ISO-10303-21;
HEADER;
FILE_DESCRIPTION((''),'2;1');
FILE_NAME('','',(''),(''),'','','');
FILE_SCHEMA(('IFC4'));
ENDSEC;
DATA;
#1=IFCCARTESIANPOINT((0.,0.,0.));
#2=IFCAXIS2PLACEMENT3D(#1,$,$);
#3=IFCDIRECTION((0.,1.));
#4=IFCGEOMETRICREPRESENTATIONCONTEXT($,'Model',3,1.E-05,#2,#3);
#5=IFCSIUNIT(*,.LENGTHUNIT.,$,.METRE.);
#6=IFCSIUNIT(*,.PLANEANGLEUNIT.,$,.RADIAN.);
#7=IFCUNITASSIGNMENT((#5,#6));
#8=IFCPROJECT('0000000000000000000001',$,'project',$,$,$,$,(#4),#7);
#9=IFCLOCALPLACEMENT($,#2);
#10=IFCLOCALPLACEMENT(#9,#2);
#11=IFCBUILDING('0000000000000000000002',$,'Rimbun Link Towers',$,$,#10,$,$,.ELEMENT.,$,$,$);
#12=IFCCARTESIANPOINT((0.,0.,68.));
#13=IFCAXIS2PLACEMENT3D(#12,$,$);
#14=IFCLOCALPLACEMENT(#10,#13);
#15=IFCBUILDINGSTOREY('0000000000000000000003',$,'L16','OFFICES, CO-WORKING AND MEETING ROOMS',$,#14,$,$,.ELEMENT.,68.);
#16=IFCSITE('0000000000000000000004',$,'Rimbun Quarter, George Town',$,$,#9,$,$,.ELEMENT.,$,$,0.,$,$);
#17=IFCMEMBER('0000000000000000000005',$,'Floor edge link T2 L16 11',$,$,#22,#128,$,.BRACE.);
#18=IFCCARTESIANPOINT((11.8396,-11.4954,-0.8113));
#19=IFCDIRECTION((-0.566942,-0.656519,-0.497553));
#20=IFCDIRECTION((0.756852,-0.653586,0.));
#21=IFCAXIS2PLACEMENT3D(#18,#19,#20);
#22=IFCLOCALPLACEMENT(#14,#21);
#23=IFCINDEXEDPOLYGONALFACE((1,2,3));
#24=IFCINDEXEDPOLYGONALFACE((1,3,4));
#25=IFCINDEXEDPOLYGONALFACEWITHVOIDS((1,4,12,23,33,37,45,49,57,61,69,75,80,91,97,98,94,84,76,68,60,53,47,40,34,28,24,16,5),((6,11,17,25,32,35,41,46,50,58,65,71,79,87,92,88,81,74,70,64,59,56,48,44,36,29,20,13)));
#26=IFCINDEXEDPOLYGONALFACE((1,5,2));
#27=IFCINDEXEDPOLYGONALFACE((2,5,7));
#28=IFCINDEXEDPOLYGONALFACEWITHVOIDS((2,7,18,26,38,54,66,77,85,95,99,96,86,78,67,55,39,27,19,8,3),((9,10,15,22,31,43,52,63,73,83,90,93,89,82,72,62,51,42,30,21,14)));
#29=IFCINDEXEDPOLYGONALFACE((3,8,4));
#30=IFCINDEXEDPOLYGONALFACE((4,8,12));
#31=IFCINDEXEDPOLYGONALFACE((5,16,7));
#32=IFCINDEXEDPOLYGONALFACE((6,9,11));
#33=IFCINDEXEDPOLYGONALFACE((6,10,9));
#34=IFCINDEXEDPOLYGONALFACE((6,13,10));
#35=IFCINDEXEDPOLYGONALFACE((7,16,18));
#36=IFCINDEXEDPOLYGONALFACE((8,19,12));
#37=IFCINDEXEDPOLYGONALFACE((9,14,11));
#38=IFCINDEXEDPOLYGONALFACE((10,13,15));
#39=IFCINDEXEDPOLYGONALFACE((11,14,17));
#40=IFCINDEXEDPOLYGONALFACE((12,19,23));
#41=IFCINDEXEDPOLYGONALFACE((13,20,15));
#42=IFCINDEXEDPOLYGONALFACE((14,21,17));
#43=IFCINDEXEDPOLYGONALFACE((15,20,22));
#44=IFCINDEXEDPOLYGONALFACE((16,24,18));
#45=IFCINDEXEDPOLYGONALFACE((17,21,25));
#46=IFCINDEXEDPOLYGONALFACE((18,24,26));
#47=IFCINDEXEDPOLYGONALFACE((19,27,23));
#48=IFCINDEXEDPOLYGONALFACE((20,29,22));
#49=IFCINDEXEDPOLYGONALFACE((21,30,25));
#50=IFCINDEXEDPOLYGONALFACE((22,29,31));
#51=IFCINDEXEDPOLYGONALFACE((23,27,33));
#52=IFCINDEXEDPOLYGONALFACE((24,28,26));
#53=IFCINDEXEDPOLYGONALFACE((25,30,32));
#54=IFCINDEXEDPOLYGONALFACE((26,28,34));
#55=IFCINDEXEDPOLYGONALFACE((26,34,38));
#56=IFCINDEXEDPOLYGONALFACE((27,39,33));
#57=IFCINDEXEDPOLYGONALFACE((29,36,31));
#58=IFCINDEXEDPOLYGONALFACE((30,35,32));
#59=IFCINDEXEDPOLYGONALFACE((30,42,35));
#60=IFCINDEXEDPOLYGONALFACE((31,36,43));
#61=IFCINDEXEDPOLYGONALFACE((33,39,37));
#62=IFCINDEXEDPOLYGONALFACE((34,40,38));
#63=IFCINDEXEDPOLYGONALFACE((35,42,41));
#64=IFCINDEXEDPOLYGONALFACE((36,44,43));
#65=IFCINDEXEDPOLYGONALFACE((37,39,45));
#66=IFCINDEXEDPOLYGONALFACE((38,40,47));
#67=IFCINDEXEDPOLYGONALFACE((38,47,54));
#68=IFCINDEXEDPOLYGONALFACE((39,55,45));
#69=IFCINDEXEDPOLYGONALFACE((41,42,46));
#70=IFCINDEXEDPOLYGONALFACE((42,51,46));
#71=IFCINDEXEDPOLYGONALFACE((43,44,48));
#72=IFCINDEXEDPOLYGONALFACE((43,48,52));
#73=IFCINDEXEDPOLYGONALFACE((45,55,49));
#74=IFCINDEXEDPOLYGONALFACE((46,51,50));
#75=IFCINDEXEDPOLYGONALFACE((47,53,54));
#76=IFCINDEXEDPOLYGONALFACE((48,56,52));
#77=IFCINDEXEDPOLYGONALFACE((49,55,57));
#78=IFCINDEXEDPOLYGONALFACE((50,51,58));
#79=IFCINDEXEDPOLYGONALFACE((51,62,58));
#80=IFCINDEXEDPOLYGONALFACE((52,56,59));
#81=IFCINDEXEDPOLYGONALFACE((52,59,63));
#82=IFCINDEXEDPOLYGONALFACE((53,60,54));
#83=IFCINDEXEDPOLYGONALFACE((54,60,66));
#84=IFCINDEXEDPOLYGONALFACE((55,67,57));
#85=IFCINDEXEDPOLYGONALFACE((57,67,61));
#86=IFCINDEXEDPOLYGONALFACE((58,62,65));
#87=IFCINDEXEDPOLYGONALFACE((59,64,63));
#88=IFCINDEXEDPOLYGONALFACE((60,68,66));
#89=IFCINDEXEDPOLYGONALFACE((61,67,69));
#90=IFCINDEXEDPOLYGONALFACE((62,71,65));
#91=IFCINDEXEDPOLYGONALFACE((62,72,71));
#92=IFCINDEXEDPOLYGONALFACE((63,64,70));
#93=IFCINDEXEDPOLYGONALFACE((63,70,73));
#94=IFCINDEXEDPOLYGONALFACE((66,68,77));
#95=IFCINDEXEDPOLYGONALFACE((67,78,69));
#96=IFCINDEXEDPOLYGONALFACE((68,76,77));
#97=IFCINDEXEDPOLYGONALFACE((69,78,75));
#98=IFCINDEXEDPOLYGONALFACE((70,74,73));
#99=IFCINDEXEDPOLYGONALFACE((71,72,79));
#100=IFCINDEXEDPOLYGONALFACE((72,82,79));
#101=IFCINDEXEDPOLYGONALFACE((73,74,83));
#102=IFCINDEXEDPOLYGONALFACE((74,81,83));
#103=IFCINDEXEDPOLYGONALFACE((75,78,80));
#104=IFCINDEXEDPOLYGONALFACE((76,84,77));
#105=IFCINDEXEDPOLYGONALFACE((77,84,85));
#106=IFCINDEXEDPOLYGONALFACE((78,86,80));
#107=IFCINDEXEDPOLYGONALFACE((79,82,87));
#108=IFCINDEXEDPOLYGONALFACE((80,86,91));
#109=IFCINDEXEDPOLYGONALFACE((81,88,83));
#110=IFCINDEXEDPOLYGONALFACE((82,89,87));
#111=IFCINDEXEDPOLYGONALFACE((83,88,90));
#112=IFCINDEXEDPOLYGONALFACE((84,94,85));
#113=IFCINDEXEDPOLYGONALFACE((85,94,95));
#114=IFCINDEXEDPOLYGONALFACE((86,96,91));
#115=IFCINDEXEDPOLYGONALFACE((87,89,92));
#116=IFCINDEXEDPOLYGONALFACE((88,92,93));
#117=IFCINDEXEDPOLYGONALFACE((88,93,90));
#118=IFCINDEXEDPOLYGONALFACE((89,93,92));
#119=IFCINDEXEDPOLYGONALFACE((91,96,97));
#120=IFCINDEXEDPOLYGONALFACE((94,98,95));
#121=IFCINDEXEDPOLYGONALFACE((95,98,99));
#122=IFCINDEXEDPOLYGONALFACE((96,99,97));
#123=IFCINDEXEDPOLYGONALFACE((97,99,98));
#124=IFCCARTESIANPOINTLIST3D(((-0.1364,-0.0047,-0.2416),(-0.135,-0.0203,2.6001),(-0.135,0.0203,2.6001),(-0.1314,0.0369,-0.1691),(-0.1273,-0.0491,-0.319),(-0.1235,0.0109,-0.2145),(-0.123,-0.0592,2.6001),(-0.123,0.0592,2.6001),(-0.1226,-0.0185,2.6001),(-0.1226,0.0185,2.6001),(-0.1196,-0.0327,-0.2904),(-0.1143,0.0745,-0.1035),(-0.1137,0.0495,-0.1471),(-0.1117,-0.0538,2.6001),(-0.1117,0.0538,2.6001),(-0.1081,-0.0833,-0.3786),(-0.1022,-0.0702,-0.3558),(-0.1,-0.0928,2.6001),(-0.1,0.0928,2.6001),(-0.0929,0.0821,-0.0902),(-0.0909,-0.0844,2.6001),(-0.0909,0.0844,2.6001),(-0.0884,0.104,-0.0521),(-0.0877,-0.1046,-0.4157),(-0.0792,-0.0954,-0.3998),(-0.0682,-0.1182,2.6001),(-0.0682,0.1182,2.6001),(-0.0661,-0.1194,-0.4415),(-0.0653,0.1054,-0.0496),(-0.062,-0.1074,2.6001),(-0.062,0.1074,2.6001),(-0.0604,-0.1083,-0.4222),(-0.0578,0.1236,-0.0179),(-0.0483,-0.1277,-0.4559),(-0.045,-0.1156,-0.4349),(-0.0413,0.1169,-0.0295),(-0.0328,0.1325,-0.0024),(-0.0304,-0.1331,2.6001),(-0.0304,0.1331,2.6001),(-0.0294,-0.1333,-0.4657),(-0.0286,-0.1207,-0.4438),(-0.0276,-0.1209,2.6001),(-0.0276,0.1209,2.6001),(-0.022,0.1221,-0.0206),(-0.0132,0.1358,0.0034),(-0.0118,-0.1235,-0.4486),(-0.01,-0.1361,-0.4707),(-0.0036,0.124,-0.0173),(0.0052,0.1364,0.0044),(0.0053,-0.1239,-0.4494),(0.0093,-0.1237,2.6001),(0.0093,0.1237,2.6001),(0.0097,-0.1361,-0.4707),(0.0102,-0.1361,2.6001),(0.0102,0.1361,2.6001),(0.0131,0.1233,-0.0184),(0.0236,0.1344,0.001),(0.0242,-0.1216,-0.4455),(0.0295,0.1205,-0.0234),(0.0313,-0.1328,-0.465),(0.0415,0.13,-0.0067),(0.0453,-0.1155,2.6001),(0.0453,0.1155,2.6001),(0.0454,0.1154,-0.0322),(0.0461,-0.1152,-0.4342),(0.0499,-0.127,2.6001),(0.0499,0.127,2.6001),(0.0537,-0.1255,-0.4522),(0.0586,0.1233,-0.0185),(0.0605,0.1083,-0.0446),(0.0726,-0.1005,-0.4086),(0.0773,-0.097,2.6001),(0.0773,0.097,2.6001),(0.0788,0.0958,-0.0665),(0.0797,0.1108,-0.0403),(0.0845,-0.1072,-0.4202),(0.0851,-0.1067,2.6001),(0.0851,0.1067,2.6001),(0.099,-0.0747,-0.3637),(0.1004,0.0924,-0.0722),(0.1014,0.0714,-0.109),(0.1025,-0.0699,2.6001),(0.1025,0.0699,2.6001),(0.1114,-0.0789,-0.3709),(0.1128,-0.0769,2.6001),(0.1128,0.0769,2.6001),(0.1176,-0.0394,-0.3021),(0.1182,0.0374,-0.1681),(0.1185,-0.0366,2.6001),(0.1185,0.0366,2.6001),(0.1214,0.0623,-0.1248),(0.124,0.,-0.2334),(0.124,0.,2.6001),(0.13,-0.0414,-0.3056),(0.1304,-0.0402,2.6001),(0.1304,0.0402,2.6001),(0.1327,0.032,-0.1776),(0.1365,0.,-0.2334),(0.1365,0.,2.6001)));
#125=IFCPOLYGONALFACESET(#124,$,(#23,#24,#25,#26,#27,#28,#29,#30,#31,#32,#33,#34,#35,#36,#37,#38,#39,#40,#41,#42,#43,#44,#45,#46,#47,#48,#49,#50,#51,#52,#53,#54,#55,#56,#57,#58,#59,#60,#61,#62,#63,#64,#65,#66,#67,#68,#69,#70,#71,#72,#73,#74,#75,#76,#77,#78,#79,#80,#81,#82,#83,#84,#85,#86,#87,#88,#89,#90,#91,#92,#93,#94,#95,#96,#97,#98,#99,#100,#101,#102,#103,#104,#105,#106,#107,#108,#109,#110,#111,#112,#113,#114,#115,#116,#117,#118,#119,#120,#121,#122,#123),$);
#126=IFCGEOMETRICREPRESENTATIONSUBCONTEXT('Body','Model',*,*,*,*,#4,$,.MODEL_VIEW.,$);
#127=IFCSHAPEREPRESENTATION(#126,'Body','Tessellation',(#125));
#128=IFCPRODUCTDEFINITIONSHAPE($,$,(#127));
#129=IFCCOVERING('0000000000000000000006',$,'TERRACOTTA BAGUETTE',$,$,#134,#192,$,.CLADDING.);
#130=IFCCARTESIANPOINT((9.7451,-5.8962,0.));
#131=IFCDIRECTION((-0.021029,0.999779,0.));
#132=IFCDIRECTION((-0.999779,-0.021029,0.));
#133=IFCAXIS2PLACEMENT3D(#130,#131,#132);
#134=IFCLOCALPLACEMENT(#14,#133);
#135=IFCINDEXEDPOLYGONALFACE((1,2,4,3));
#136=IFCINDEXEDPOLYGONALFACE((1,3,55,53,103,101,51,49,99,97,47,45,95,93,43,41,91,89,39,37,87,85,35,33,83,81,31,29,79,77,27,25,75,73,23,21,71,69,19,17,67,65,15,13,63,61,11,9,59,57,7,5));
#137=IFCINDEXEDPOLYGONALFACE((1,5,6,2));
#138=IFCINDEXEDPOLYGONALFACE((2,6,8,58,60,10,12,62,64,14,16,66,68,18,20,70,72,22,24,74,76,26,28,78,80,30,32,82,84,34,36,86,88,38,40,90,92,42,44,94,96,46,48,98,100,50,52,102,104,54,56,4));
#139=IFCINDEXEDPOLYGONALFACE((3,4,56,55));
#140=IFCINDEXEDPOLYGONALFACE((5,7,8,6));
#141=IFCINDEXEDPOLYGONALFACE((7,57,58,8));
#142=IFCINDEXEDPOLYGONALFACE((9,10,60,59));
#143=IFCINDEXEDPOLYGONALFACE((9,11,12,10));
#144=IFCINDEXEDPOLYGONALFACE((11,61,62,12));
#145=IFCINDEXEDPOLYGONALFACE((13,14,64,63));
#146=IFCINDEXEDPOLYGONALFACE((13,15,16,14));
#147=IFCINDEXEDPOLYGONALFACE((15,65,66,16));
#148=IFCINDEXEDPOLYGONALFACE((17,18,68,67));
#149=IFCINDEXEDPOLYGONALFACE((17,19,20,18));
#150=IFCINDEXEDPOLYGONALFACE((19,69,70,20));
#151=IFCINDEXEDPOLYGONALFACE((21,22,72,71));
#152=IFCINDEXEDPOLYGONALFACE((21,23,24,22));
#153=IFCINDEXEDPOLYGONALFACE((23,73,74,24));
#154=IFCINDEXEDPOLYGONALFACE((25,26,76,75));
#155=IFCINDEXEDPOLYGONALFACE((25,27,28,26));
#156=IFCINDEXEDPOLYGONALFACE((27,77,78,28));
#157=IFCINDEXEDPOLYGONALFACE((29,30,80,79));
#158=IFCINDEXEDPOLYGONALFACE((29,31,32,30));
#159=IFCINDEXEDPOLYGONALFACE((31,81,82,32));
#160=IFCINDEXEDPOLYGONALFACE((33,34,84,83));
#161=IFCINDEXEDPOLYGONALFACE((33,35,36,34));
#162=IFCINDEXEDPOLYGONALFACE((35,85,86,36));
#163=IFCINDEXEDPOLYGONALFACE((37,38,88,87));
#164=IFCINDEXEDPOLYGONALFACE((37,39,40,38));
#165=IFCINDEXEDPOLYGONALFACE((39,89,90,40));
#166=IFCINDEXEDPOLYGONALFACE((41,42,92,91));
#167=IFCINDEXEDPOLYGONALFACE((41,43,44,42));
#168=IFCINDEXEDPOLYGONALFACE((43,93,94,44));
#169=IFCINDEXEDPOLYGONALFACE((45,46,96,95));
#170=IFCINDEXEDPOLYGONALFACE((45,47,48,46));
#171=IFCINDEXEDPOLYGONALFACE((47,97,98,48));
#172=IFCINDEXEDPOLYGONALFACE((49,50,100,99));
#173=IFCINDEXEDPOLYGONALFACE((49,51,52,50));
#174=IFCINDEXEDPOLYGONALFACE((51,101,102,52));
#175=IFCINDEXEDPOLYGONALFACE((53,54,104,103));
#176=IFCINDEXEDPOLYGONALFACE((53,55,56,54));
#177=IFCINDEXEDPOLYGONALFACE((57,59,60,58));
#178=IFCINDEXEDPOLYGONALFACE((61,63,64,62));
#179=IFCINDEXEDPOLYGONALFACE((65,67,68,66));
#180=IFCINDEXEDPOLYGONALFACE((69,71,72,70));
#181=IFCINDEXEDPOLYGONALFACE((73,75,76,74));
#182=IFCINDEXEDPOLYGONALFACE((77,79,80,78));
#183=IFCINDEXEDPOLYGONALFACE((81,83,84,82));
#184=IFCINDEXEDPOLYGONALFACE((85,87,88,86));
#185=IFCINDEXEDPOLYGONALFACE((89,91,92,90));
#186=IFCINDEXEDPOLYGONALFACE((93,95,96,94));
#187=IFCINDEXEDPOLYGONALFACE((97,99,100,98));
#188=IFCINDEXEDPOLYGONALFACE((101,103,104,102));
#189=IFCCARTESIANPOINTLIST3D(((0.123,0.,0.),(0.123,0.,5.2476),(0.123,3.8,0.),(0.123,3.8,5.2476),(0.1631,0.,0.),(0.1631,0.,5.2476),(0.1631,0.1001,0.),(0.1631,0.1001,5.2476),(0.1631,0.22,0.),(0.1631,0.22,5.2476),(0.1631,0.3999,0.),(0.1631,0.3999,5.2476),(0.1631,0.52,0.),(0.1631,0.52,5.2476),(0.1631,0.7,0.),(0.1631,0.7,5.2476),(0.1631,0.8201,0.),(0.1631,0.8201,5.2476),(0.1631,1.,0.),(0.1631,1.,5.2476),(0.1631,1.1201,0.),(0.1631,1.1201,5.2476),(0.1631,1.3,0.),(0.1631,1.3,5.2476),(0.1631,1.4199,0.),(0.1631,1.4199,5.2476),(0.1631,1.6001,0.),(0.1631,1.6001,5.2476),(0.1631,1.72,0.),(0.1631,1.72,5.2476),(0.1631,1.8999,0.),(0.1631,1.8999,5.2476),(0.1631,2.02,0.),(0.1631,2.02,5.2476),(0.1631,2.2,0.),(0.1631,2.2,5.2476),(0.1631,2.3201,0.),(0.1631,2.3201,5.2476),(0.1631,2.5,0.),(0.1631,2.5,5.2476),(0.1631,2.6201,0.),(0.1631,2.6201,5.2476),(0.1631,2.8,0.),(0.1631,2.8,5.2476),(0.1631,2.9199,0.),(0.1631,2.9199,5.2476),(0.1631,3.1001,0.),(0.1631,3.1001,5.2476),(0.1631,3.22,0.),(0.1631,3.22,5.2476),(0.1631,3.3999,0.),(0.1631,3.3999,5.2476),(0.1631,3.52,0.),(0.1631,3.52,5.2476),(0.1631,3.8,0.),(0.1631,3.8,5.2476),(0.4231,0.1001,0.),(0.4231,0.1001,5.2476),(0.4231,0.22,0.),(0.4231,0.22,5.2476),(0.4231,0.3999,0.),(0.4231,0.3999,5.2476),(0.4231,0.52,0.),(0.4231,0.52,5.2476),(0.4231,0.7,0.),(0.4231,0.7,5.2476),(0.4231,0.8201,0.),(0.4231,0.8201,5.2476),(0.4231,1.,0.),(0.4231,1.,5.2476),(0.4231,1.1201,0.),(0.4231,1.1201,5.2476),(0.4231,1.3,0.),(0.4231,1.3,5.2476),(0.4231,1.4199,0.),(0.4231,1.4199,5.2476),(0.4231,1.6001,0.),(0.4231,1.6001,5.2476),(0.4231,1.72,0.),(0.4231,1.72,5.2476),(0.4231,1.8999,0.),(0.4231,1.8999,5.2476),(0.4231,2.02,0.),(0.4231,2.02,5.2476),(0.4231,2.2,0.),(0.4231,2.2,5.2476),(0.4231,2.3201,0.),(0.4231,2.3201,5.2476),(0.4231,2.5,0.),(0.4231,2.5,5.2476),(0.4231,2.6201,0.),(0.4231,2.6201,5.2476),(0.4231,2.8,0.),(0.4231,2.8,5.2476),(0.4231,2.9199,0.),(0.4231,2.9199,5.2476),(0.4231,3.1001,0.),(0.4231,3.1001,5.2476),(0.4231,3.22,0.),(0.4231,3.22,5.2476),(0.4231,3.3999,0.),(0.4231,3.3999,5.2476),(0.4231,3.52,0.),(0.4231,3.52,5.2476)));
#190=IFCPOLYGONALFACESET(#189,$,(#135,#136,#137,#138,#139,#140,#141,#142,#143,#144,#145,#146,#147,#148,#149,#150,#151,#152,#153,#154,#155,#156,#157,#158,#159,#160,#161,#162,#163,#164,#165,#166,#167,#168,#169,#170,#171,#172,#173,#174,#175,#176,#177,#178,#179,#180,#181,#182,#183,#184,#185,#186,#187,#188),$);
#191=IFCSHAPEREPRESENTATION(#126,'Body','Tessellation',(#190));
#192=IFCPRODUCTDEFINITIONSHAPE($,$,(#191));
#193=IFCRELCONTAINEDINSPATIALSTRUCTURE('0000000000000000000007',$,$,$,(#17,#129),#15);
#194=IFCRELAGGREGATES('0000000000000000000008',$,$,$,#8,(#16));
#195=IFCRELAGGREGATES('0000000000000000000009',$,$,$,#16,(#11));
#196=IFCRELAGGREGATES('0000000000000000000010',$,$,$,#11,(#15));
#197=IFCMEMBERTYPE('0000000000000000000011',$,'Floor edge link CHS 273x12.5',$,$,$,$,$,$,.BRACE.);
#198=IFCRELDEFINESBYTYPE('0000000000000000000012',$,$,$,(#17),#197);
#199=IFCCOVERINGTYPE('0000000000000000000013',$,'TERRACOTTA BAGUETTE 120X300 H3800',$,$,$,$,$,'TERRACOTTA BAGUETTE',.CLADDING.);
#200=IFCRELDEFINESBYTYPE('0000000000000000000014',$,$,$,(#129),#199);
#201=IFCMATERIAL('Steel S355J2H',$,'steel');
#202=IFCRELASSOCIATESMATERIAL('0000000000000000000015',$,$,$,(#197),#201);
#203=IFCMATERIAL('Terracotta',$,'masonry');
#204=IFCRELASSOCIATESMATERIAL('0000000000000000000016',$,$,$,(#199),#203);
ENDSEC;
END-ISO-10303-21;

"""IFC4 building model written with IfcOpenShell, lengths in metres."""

from ifc_helpers import new_model, si_unit, direction, frame, origin, origin_2d, place, context, subcontext, project, spatial, polyline, hollow_circle, outline, extrude, clip, halfspace, material, material_profile, profile_set, type_object, element, save


model = new_model("IFC4")

# Units and contexts
model_context = context("Model", 3, precision=1e-05, world=origin(), true_north=direction((0.0, 1.0)))
body_context = subcontext(model_context, "Body", "Model", "MODEL_VIEW")
ifc_project = project(units=[si_unit("LENGTHUNIT", "METRE"), si_unit("PLANEANGLEUNIT", "RADIAN")], contexts=[model_context])

# Site, building, storey
site_placement = place(None, origin())
site = spatial("IfcSite", under=ifc_project, at=site_placement, Name="Rimbun Quarter, George Town", CompositionType="ELEMENT", RefElevation=0.0)
building_placement = place(site_placement, origin())
building = spatial("IfcBuilding", under=site, at=building_placement, Name="Rimbun Link Towers", CompositionType="ELEMENT")
storey_placement = place(building_placement, frame((0.0, 0.0, 68.0)))
storey = spatial("IfcBuildingStorey", under=building, at=storey_placement, Name="L16", Description="OFFICES, CO-WORKING AND MEETING ROOMS", CompositionType="ELEMENT", Elevation=68.0)

# Member
ifc_material_1 = material(Name="Steel S355J2H", Category="steel")
ifc_material_profile_1 = material_profile(ifc_material_1, hollow_circle(Radius=0.1365, WallThickness=0.0125, at=origin_2d()), Name="CHS 273x12.5")
ifc_profile_set_1 = profile_set([ifc_material_profile_1], Name="Steel S355J2H")
member_type_1 = type_object("IfcMemberType", Name="Floor edge link CHS 273x12.5", PredefinedType="BRACE", material=ifc_profile_set_1)
member_1_placement = place(storey_placement, frame((11.8396, -11.4954, -0.8113), z_axis=(-0.566942, -0.656519, -0.497553), x_axis=(0.756852, -0.653586, 0.0)))
element("IfcMember", 1, at=member_1_placement, inside=storey, type_object=member_type_1, Name="Floor edge link T2 L16 11", PredefinedType="BRACE", context=body_context, shape_type="Clipping", body=[
    clip(extrude(hollow_circle(Radius=0.1365, WallThickness=0.0125, at=origin_2d()), frame((0.0, 0.0, -0.4958)), (0.0, 0.0, 1.0), 3.0959), halfspace(frame((0.0, 0.0, -0.2334), z_axis=(0.0, 0.867433, -0.497553)), False)),
])

# Covering
ifc_material_2 = material(Name="Terracotta", Category="masonry")
ifc_material_profile_2 = material_profile(ifc_material_2, outline(polyline([(0.123, 0.0), (0.1631, 0.0), (0.1631, 0.1001), (0.4231, 0.1001), (0.4231, 0.22), (0.1631, 0.22), (0.1631, 0.3999), (0.4231, 0.3999), (0.4231, 0.52), (0.1631, 0.52), (0.1631, 0.7), (0.4231, 0.7), (0.4231, 0.8201), (0.1631, 0.8201), (0.1631, 1.0), (0.4231, 1.0), (0.4231, 1.1201), (0.1631, 1.1201), (0.1631, 1.3), (0.4231, 1.3), (0.4231, 1.4199), (0.1631, 1.4199), (0.1631, 1.6001), (0.4231, 1.6001), (0.4231, 1.72), (0.1631, 1.72), (0.1631, 1.8999), (0.4231, 1.8999), (0.4231, 2.02), (0.1631, 2.02), (0.1631, 2.2), (0.4231, 2.2), (0.4231, 2.3201), (0.1631, 2.3201), (0.1631, 2.5), (0.4231, 2.5), (0.4231, 2.6201), (0.1631, 2.6201), (0.1631, 2.8), (0.4231, 2.8), (0.4231, 2.9199), (0.1631, 2.9199), (0.1631, 3.1001), (0.4231, 3.1001), (0.4231, 3.22), (0.1631, 3.22), (0.1631, 3.3999), (0.4231, 3.3999), (0.4231, 3.52), (0.1631, 3.52), (0.1631, 3.8), (0.123, 3.8), (0.123, 0.0)])), Name="BAGUETTE 120X300")
ifc_profile_set_2 = profile_set([ifc_material_profile_2], Name="Terracotta")
covering_type_1 = type_object("IfcCoveringType", Name="TERRACOTTA BAGUETTE 120X300 H3800", ElementType="TERRACOTTA BAGUETTE", PredefinedType="CLADDING", material=ifc_profile_set_2)
covering_1_placement = place(storey_placement, frame((9.7451, -5.8962, 0.0), z_axis=(-0.021029, 0.999779, 0.0), x_axis=(-0.999779, -0.021029, 0.0)))
element("IfcCovering", 2, at=covering_1_placement, inside=storey, type_object=covering_type_1, Name="TERRACOTTA BAGUETTE", PredefinedType="CLADDING", context=body_context, shape_type="SweptSolid", body=[
    extrude(outline(polyline([(0.123, 0.0), (0.1631, 0.0), (0.1631, 0.1001), (0.4231, 0.1001), (0.4231, 0.22), (0.1631, 0.22), (0.1631, 0.3999), (0.4231, 0.3999), (0.4231, 0.52), (0.1631, 0.52), (0.1631, 0.7), (0.4231, 0.7), (0.4231, 0.8201), (0.1631, 0.8201), (0.1631, 1.0), (0.4231, 1.0), (0.4231, 1.1201), (0.1631, 1.1201), (0.1631, 1.3), (0.4231, 1.3), (0.4231, 1.4199), (0.1631, 1.4199), (0.1631, 1.6001), (0.4231, 1.6001), (0.4231, 1.72), (0.1631, 1.72), (0.1631, 1.8999), (0.4231, 1.8999), (0.4231, 2.02), (0.1631, 2.02), (0.1631, 2.2), (0.4231, 2.2), (0.4231, 2.3201), (0.1631, 2.3201), (0.1631, 2.5), (0.4231, 2.5), (0.4231, 2.6201), (0.1631, 2.6201), (0.1631, 2.8), (0.4231, 2.8), (0.4231, 2.9199), (0.1631, 2.9199), (0.1631, 3.1001), (0.4231, 3.1001), (0.4231, 3.22), (0.1631, 3.22), (0.1631, 3.3999), (0.4231, 3.3999), (0.4231, 3.52), (0.1631, 3.52), (0.1631, 3.8), (0.123, 3.8), (0.123, 0.0)])), origin(), (0.0, 0.0, 1.0), 5.2476),
])

save(model, "model.ifc")
